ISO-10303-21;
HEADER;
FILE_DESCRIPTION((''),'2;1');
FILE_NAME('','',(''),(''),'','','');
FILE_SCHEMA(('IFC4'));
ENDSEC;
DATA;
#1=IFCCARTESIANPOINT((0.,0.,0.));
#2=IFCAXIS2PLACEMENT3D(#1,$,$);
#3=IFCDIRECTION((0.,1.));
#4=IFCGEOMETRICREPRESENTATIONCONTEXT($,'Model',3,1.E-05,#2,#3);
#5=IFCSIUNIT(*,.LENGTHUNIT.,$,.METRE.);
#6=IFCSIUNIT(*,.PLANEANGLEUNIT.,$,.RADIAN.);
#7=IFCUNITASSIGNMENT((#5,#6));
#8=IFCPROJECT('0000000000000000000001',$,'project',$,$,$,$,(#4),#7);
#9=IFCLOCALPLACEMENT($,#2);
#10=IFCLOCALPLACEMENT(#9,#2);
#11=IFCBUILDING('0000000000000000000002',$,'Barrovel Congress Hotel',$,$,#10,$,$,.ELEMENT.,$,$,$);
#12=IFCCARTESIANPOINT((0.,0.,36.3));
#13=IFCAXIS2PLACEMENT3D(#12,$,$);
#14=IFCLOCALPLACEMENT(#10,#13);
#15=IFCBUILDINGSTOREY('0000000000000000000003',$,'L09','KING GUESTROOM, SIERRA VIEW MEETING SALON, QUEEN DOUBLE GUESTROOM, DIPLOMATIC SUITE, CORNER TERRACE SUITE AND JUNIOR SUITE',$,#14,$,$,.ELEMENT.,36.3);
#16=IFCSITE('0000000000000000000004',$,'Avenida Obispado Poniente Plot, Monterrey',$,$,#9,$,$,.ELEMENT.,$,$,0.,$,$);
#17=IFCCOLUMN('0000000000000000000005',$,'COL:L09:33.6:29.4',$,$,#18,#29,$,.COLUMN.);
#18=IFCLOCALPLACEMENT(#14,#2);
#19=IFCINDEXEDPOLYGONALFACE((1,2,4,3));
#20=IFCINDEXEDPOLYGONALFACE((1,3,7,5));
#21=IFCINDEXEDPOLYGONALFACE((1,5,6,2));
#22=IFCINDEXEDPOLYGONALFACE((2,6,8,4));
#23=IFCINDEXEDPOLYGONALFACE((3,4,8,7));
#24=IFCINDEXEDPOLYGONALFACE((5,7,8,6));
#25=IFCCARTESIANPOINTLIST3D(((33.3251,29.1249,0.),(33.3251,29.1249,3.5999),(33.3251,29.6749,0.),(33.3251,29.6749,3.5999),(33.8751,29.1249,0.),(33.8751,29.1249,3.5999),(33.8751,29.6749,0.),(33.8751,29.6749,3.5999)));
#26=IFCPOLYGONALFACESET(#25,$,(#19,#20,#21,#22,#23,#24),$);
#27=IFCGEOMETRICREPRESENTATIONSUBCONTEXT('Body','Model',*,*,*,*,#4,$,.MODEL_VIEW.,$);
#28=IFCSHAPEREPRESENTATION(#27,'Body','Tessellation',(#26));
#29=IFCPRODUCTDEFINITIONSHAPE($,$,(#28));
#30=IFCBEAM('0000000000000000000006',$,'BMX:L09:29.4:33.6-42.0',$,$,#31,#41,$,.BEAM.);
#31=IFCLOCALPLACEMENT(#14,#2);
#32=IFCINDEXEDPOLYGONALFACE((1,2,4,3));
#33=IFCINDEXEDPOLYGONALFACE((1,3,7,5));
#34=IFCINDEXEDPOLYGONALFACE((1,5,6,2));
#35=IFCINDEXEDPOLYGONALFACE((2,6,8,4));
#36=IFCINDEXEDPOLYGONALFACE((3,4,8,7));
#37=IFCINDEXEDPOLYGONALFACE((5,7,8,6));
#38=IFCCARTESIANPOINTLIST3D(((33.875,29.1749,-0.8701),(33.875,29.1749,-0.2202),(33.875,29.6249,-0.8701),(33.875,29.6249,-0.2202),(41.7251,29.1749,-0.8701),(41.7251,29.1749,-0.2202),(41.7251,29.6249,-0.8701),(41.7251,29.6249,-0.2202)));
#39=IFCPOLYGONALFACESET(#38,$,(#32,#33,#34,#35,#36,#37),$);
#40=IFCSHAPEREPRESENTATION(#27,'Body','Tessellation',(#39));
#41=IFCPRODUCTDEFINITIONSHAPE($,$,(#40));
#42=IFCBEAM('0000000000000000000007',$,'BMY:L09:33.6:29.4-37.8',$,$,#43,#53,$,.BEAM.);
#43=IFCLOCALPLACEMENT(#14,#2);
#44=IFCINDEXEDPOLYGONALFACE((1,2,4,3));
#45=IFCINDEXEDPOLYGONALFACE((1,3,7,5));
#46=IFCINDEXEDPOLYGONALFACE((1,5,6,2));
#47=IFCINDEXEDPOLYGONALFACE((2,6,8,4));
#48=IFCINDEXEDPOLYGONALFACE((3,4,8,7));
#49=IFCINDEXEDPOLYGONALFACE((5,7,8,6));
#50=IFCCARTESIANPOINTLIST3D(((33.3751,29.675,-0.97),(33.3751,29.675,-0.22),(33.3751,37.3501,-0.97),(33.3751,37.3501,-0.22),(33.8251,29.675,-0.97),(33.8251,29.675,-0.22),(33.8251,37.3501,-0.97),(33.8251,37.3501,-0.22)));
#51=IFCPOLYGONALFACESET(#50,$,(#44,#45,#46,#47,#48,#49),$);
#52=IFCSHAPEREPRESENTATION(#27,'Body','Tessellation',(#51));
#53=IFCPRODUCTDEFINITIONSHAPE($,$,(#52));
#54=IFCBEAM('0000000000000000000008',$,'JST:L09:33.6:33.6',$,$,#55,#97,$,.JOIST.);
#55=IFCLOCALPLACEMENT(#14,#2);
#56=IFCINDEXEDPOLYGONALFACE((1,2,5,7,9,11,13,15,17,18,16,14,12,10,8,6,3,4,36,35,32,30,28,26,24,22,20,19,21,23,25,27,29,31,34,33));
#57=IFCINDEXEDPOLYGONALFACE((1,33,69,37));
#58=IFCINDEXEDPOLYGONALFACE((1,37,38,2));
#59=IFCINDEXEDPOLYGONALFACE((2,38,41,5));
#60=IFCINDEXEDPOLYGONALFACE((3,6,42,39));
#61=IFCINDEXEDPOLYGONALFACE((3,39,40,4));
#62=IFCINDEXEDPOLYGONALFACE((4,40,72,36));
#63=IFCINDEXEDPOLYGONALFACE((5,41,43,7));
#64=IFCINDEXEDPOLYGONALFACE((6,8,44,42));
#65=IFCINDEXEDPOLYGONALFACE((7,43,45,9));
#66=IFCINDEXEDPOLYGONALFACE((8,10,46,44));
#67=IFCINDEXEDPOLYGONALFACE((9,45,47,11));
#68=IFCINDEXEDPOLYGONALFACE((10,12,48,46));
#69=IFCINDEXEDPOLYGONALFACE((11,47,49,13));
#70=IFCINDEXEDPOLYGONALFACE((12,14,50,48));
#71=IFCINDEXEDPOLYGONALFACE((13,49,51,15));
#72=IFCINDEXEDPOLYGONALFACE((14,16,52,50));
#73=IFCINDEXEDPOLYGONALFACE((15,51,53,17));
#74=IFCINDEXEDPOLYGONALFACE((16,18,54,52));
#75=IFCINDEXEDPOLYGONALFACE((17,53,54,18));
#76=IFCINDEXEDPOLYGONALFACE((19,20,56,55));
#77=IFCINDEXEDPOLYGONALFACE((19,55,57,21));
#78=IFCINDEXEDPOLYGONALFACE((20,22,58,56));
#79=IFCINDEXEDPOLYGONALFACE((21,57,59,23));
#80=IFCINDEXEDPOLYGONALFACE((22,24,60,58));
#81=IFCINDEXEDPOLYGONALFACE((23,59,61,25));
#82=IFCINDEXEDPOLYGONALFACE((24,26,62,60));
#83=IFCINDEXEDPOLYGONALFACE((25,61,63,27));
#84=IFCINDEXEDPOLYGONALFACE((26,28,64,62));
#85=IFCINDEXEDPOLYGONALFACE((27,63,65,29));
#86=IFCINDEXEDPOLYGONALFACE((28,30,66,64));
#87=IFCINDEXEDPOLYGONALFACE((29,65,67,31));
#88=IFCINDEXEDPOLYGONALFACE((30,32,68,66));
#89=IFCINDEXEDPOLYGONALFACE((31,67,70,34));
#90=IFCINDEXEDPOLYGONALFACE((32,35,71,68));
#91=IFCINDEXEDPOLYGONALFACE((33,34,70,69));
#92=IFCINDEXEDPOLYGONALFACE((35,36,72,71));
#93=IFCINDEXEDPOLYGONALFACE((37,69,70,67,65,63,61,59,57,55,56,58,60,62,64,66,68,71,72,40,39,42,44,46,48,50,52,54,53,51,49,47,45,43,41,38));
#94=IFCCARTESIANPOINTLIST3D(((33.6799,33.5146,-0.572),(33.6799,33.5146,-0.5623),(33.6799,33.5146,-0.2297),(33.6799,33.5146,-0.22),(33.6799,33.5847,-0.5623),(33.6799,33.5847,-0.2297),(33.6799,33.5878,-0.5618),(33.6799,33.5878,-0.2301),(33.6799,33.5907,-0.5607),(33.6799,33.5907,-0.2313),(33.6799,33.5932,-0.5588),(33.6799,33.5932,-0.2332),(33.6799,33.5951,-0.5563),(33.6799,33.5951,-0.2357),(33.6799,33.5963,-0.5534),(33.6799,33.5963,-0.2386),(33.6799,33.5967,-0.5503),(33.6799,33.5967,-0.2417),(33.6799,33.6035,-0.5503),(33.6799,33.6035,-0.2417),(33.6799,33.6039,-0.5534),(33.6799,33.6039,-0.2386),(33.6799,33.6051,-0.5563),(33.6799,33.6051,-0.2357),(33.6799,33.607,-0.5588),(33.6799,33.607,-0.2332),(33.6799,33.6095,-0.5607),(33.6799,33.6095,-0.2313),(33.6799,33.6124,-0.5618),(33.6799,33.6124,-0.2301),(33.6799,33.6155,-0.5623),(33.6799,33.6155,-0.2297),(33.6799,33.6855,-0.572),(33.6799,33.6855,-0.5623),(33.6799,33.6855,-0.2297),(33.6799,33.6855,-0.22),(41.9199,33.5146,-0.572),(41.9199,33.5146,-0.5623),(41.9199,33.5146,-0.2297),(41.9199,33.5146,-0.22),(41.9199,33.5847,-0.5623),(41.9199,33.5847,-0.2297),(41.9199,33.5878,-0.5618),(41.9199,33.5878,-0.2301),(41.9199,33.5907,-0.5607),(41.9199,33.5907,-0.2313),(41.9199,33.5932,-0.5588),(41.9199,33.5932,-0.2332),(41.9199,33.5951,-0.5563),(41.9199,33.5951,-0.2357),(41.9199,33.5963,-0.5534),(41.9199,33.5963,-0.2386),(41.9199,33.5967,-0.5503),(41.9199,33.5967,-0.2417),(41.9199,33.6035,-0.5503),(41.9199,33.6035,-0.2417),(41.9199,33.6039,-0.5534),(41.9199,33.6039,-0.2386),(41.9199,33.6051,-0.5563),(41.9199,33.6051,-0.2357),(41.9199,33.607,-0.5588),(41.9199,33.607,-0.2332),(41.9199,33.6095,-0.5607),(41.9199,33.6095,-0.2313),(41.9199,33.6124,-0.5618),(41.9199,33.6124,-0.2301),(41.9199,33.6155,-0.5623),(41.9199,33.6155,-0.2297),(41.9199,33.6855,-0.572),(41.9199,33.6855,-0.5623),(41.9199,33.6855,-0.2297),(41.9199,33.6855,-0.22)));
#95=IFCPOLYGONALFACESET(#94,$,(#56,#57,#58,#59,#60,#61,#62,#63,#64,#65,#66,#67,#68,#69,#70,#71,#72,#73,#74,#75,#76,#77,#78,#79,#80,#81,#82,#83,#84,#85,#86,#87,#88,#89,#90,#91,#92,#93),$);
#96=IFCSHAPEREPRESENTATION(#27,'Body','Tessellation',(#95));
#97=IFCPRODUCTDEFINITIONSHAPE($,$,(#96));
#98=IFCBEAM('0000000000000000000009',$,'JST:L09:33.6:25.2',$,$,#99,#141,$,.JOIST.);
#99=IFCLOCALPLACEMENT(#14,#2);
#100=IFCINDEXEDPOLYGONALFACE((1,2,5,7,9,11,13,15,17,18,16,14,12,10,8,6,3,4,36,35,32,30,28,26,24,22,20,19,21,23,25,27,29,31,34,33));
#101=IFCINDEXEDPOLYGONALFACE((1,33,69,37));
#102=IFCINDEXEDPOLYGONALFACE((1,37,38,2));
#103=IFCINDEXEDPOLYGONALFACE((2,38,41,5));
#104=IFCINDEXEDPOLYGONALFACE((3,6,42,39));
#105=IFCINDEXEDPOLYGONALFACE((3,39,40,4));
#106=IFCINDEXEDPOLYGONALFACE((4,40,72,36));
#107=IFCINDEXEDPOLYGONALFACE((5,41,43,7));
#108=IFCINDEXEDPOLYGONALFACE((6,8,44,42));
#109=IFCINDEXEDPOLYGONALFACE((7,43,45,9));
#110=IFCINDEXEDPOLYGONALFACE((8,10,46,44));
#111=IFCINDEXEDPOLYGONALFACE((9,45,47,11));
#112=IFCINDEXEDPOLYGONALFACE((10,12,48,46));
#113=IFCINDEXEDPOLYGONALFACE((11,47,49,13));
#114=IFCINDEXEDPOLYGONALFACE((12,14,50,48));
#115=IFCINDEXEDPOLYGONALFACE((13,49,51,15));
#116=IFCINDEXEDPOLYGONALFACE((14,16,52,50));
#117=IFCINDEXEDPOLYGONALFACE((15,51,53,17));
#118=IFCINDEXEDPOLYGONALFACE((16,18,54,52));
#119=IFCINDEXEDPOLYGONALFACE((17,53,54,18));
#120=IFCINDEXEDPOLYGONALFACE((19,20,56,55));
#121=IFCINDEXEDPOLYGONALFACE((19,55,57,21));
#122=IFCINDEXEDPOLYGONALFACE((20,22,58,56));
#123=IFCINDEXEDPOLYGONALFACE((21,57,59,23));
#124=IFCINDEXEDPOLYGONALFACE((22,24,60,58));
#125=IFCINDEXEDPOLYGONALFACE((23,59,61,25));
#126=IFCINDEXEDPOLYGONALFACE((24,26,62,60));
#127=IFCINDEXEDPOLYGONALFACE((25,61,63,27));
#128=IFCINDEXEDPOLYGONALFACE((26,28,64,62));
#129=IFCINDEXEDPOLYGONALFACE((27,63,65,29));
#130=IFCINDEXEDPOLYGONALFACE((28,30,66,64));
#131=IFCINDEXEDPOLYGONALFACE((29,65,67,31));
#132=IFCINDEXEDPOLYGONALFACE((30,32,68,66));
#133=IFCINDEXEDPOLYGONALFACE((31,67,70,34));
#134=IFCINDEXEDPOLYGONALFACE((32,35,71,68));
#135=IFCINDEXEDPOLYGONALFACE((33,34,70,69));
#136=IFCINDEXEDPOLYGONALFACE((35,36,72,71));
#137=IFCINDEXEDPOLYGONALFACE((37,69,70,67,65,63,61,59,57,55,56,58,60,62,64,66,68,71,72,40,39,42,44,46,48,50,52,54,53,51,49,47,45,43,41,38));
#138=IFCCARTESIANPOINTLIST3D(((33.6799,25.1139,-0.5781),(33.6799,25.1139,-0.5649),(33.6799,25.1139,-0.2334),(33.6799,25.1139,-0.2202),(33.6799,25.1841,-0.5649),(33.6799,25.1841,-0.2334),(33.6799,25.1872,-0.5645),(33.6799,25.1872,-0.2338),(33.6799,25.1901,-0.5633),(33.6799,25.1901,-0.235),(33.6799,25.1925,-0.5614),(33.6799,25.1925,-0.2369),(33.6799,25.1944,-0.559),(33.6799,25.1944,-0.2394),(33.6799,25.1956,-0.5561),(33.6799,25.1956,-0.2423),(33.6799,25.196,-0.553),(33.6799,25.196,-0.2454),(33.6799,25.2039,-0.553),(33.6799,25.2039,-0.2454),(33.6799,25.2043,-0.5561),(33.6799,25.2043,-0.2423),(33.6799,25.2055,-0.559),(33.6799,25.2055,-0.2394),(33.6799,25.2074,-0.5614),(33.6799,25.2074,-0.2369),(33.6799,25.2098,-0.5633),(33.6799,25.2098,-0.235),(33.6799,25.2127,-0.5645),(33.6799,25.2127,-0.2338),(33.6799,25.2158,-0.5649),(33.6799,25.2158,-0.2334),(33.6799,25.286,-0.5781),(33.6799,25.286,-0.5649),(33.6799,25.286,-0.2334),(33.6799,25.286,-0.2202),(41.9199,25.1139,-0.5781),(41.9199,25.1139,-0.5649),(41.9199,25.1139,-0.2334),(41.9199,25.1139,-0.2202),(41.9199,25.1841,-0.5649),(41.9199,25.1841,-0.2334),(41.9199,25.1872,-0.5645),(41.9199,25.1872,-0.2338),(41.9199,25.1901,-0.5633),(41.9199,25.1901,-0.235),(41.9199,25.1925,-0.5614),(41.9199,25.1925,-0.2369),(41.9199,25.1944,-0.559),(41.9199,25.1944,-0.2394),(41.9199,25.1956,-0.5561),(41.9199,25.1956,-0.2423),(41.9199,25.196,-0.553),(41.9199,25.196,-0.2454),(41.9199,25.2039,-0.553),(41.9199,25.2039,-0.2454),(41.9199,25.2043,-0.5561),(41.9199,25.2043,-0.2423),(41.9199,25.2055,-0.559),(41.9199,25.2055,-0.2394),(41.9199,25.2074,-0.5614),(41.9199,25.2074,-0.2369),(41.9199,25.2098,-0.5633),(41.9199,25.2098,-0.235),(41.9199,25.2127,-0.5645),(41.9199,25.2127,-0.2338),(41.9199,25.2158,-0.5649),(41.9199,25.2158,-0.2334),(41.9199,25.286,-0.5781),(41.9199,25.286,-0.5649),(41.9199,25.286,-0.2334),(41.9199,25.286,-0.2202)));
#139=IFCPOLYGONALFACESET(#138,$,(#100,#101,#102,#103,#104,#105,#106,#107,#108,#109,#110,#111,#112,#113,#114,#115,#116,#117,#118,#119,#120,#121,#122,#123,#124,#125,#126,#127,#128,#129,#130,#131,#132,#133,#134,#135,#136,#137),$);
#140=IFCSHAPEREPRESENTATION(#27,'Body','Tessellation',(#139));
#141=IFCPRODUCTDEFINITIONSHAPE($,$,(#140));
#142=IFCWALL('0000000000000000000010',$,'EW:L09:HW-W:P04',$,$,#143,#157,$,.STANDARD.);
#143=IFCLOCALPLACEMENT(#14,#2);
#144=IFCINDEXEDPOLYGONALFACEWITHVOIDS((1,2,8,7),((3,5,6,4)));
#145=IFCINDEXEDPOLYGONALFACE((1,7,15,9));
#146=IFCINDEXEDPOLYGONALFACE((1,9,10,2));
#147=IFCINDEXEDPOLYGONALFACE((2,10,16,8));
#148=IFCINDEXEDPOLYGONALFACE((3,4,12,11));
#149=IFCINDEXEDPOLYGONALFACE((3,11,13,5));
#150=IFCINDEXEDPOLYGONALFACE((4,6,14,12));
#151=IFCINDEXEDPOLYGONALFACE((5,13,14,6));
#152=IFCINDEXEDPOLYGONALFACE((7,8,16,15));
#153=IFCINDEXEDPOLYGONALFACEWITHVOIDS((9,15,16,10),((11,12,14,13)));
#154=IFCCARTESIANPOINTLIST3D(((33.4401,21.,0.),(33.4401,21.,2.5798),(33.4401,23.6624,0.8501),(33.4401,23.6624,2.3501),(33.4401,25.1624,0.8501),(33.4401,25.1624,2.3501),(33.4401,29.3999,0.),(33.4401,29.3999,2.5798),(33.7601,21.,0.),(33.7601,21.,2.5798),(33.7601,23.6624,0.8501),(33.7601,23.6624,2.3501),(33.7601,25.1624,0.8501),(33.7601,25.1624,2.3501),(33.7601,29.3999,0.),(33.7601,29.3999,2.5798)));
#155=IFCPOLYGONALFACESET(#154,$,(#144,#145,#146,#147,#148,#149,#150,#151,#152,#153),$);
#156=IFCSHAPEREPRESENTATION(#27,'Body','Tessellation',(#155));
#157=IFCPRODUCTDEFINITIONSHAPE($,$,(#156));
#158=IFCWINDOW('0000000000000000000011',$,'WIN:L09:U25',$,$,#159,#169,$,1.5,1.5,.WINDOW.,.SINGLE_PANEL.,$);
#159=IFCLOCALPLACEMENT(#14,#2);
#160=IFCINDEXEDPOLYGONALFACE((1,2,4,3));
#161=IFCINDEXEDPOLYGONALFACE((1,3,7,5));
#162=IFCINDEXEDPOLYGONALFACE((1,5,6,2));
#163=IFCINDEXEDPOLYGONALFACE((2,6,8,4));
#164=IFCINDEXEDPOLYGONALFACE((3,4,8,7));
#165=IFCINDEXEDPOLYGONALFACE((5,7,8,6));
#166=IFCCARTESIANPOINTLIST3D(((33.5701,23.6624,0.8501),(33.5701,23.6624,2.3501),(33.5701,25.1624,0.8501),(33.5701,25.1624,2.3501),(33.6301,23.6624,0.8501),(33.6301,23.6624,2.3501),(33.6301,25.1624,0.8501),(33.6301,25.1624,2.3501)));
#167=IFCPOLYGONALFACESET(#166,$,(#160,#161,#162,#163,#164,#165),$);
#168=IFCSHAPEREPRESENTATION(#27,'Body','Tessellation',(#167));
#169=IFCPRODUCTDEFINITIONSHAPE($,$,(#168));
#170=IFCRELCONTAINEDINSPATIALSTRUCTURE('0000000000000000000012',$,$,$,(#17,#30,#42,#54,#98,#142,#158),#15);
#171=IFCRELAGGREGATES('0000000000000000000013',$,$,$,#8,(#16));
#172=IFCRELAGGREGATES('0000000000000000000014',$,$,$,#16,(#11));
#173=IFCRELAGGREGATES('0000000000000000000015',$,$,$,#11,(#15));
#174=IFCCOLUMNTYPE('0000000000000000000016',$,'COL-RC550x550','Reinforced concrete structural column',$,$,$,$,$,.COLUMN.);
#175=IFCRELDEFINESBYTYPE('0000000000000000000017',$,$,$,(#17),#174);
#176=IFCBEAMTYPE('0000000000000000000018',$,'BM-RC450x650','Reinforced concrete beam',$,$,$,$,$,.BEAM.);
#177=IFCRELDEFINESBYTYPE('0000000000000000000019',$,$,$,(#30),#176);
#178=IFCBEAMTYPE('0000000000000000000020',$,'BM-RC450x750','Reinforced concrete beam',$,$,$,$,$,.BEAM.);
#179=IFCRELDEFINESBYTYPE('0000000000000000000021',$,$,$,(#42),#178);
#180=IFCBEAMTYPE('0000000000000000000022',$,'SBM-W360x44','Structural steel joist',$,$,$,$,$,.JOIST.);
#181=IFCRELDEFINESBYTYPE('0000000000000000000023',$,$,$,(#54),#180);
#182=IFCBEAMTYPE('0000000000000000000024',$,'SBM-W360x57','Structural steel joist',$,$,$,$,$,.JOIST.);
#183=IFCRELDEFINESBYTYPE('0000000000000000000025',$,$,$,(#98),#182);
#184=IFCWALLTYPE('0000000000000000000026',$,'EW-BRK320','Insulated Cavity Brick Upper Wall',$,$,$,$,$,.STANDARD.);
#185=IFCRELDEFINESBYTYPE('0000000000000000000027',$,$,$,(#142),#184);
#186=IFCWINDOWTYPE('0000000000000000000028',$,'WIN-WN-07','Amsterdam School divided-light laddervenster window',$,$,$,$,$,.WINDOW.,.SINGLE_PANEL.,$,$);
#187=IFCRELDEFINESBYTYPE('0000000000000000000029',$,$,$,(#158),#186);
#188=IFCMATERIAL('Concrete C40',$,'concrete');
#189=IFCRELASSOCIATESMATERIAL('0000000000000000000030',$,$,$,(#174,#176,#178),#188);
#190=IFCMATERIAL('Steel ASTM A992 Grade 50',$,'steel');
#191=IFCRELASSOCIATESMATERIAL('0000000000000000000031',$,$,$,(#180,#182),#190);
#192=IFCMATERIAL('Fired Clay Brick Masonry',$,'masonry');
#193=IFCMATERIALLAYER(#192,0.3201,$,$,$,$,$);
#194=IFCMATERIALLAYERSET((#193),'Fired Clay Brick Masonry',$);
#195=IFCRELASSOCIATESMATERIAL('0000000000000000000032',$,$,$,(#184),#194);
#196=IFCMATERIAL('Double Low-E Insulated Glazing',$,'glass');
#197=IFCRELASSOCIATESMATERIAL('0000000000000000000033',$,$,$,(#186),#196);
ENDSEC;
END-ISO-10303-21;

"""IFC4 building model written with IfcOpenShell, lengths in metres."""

from ifc_helpers import new_model, si_unit, direction, frame, frame_2d, origin, origin_2d, place, context, subcontext, project, spatial, rectangle, i_section, extrude, material, layer, layer_set, material_profile, profile_set, type_object, element, fill, save


model = new_model("IFC4")

# Units and contexts
model_context = context("Model", 3, precision=1e-05, world=origin(), true_north=direction((0.0, 1.0)))
body_context = subcontext(model_context, "Body", "Model", "MODEL_VIEW")
ifc_project = project(units=[si_unit("LENGTHUNIT", "METRE"), si_unit("PLANEANGLEUNIT", "RADIAN")], contexts=[model_context])

# Site, building, storey
site_placement = place(None, origin())
site = spatial("IfcSite", under=ifc_project, at=site_placement, Name="Avenida Obispado Poniente Plot, Monterrey", CompositionType="ELEMENT", RefElevation=0.0)
building_placement = place(site_placement, origin())
building = spatial("IfcBuilding", under=site, at=building_placement, Name="Barrovel Congress Hotel", CompositionType="ELEMENT")
storey_placement = place(building_placement, frame((0.0, 0.0, 36.3)))
storey = spatial("IfcBuildingStorey", under=building, at=storey_placement, Name="L09", Description="KING GUESTROOM, SIERRA VIEW MEETING SALON, QUEEN DOUBLE GUESTROOM, DIPLOMATIC SUITE, CORNER TERRACE SUITE AND JUNIOR SUITE", CompositionType="ELEMENT", Elevation=36.3)

# Column
ifc_material_1 = material(Name="Concrete C40", Category="concrete")
ifc_material_profile_1 = material_profile(ifc_material_1, rectangle(XDim=0.55, YDim=0.55, at=origin_2d()), Name="RC550x550")
ifc_profile_set_1 = profile_set([ifc_material_profile_1], Name="Concrete C40")
column_type = type_object("IfcColumnType", Name="COL-RC550x550", Description="Reinforced concrete structural column", PredefinedType="COLUMN", material=ifc_profile_set_1)
column_placement = place(storey_placement, frame((33.6001, 29.3999, 0.0), z_axis=(0.0, 0.0, 1.0), x_axis=(1.0, 0.0, 0.0)))
element("IfcColumn", 1, at=column_placement, inside=storey, type_object=column_type, Name="COL:L09:33.6:29.4", PredefinedType="COLUMN", context=body_context, shape_type="SweptSolid", body=[
    extrude(rectangle(XDim=0.55, YDim=0.55, at=origin_2d()), origin(), (0.0, 0.0, 1.0), 3.5999),
])

# Beams
ifc_material_profile_2 = material_profile(ifc_material_1, rectangle(XDim=0.45, YDim=0.6499, at=origin_2d()), Name="RC450x650")
ifc_profile_set_2 = profile_set([ifc_material_profile_2], Name="Concrete C40")
beam_type_1 = type_object("IfcBeamType", Name="BM-RC450x650", Description="Reinforced concrete beam", PredefinedType="BEAM", material=ifc_profile_set_2)
beam_1_placement = place(storey_placement, frame((33.875, 29.3999, -0.5452), z_axis=(1.0, 0.0, 0.0), x_axis=(0.0, 1.0, 0.0)))
element("IfcBeam", 2, at=beam_1_placement, inside=storey, type_object=beam_type_1, Name="BMX:L09:29.4:33.6-42.0", PredefinedType="BEAM", context=body_context, shape_type="SweptSolid", body=[
    extrude(rectangle(XDim=0.45, YDim=0.6499, at=origin_2d()), origin(), (0.0, 0.0, 1.0), 7.8501),
])
ifc_material_profile_3 = material_profile(ifc_material_1, rectangle(XDim=0.45, YDim=0.75, at=origin_2d()), Name="RC450x750")
ifc_profile_set_3 = profile_set([ifc_material_profile_3], Name="Concrete C40")
beam_type_2 = type_object("IfcBeamType", Name="BM-RC450x750", Description="Reinforced concrete beam", PredefinedType="BEAM", material=ifc_profile_set_3)
beam_2_placement = place(storey_placement, frame((33.6001, 29.675, -0.595), z_axis=(0.0, 1.0, 0.0), x_axis=(-1.0, 0.0, 0.0)))
element("IfcBeam", 3, at=beam_2_placement, inside=storey, type_object=beam_type_2, Name="BMY:L09:33.6:29.4-37.8", PredefinedType="BEAM", context=body_context, shape_type="SweptSolid", body=[
    extrude(rectangle(XDim=0.45, YDim=0.75, at=origin_2d()), origin(), (0.0, 0.0, 1.0), 7.675),
])
ifc_material_2 = material(Name="Steel ASTM A992 Grade 50", Category="steel")
ifc_material_profile_4 = material_profile(ifc_material_2, i_section(OverallWidth=0.1709, OverallDepth=0.3521, WebThickness=0.0068, FlangeThickness=0.0098, FilletRadius=0.012, at=origin_2d()), Name="W360x44")
ifc_profile_set_4 = profile_set([ifc_material_profile_4], Name="Steel ASTM A992 Grade 50")
beam_type_3 = type_object("IfcBeamType", Name="SBM-W360x44", Description="Structural steel joist", PredefinedType="JOIST", material=ifc_profile_set_4)
beam_3_placement = place(storey_placement, frame((33.6799, 33.6001, -0.396), z_axis=(1.0, 0.0, 0.0), x_axis=(0.0, 1.0, 0.0)))
element("IfcBeam", 4, at=beam_3_placement, inside=storey, type_object=beam_type_3, Name="JST:L09:33.6:33.6", PredefinedType="JOIST", context=body_context, shape_type="SweptSolid", body=[
    extrude(i_section(OverallWidth=0.1709, OverallDepth=0.3521, WebThickness=0.0068, FlangeThickness=0.0098, FilletRadius=0.012, at=origin_2d()), origin(), (0.0, 0.0, 1.0), 8.24),
])
ifc_material_profile_5 = material_profile(ifc_material_2, i_section(OverallWidth=0.1721, OverallDepth=0.3579, WebThickness=0.0078, FlangeThickness=0.0132, FilletRadius=0.012, at=origin_2d()), Name="W360x57")
ifc_profile_set_5 = profile_set([ifc_material_profile_5], Name="Steel ASTM A992 Grade 50")
beam_type_4 = type_object("IfcBeamType", Name="SBM-W360x57", Description="Structural steel joist", PredefinedType="JOIST", material=ifc_profile_set_5)
beam_4_placement = place(storey_placement, frame((33.6799, 25.2, -0.3992), z_axis=(1.0, 0.0, 0.0), x_axis=(0.0, 1.0, 0.0)))
element("IfcBeam", 5, at=beam_4_placement, inside=storey, type_object=beam_type_4, Name="JST:L09:33.6:25.2", PredefinedType="JOIST", context=body_context, shape_type="SweptSolid", body=[
    extrude(i_section(OverallWidth=0.1721, OverallDepth=0.3579, WebThickness=0.0078, FlangeThickness=0.0132, FilletRadius=0.012, at=origin_2d()), origin(), (0.0, 0.0, 1.0), 8.24),
])

# Wall, opening, window
ifc_material_3 = material(Name="Fired Clay Brick Masonry", Category="masonry")
ifc_layer_1 = layer(ifc_material_3, 0.3201)
ifc_layer_set_1 = layer_set([ifc_layer_1], Name="Fired Clay Brick Masonry")
wall_type_1 = type_object("IfcWallType", Name="EW-BRK320", Description="Insulated Cavity Brick Upper Wall", PredefinedType="STANDARD", material=ifc_layer_set_1)
wall_1_placement = place(storey_placement, frame((33.6001, 29.3999, 0.0), z_axis=(0.0, 0.0, 1.0), x_axis=(0.0, -1.0, 0.0)))
wall_1 = element("IfcWall", 6, at=wall_1_placement, inside=storey, type_object=wall_type_1, Name="EW:L09:HW-W:P04", PredefinedType="STANDARD", context=body_context, shape_type="SweptSolid", body=[
    extrude(rectangle(XDim=8.3999, YDim=0.3201, at=frame_2d((4.2, 0.0))), origin(), (0.0, 0.0, 1.0), 2.5798),
])
opening_1_placement = place(wall_1_placement, frame((4.2375, 0.0, 0.8501)))
opening_1 = element("IfcOpeningElement", 7, at=opening_1_placement, cuts=wall_1, PredefinedType="OPENING", context=body_context, shape_type="SweptSolid", body=[
    extrude(rectangle(XDim=1.5, YDim=1.5, at=frame_2d((0.75, 0.75))), frame((0.0, 0.1699, 0.0), z_axis=(0.0, -1.0, 0.0), x_axis=(1.0, 0.0, 0.0)), (0.0, 0.0, 1.0), 0.3401),
])
ifc_material_4 = material(Name="Double Low-E Insulated Glazing", Category="glass")
window_type = type_object("IfcWindowType", Name="WIN-WN-07", Description="Amsterdam School divided-light laddervenster window", PartitioningType="SINGLE_PANEL", PredefinedType="WINDOW", material=ifc_material_4)
window_placement = place(opening_1_placement, origin())
window = element("IfcWindow", 8, at=window_placement, inside=storey, type_object=window_type, Name="WIN:L09:U25", OverallHeight=1.5, OverallWidth=1.5, PartitioningType="SINGLE_PANEL", PredefinedType="WINDOW", context=body_context, shape_type="SweptSolid", body=[
    extrude(rectangle(XDim=1.5, YDim=1.5, at=frame_2d((0.75, 0.75))), frame((0.0, 0.03, 0.0), z_axis=(0.0, -1.0, 0.0), x_axis=(1.0, 0.0, 0.0)), (0.0, 0.0, 1.0), 0.0601),
])
fill(opening_1, window)

save(model, "model.ifc")
